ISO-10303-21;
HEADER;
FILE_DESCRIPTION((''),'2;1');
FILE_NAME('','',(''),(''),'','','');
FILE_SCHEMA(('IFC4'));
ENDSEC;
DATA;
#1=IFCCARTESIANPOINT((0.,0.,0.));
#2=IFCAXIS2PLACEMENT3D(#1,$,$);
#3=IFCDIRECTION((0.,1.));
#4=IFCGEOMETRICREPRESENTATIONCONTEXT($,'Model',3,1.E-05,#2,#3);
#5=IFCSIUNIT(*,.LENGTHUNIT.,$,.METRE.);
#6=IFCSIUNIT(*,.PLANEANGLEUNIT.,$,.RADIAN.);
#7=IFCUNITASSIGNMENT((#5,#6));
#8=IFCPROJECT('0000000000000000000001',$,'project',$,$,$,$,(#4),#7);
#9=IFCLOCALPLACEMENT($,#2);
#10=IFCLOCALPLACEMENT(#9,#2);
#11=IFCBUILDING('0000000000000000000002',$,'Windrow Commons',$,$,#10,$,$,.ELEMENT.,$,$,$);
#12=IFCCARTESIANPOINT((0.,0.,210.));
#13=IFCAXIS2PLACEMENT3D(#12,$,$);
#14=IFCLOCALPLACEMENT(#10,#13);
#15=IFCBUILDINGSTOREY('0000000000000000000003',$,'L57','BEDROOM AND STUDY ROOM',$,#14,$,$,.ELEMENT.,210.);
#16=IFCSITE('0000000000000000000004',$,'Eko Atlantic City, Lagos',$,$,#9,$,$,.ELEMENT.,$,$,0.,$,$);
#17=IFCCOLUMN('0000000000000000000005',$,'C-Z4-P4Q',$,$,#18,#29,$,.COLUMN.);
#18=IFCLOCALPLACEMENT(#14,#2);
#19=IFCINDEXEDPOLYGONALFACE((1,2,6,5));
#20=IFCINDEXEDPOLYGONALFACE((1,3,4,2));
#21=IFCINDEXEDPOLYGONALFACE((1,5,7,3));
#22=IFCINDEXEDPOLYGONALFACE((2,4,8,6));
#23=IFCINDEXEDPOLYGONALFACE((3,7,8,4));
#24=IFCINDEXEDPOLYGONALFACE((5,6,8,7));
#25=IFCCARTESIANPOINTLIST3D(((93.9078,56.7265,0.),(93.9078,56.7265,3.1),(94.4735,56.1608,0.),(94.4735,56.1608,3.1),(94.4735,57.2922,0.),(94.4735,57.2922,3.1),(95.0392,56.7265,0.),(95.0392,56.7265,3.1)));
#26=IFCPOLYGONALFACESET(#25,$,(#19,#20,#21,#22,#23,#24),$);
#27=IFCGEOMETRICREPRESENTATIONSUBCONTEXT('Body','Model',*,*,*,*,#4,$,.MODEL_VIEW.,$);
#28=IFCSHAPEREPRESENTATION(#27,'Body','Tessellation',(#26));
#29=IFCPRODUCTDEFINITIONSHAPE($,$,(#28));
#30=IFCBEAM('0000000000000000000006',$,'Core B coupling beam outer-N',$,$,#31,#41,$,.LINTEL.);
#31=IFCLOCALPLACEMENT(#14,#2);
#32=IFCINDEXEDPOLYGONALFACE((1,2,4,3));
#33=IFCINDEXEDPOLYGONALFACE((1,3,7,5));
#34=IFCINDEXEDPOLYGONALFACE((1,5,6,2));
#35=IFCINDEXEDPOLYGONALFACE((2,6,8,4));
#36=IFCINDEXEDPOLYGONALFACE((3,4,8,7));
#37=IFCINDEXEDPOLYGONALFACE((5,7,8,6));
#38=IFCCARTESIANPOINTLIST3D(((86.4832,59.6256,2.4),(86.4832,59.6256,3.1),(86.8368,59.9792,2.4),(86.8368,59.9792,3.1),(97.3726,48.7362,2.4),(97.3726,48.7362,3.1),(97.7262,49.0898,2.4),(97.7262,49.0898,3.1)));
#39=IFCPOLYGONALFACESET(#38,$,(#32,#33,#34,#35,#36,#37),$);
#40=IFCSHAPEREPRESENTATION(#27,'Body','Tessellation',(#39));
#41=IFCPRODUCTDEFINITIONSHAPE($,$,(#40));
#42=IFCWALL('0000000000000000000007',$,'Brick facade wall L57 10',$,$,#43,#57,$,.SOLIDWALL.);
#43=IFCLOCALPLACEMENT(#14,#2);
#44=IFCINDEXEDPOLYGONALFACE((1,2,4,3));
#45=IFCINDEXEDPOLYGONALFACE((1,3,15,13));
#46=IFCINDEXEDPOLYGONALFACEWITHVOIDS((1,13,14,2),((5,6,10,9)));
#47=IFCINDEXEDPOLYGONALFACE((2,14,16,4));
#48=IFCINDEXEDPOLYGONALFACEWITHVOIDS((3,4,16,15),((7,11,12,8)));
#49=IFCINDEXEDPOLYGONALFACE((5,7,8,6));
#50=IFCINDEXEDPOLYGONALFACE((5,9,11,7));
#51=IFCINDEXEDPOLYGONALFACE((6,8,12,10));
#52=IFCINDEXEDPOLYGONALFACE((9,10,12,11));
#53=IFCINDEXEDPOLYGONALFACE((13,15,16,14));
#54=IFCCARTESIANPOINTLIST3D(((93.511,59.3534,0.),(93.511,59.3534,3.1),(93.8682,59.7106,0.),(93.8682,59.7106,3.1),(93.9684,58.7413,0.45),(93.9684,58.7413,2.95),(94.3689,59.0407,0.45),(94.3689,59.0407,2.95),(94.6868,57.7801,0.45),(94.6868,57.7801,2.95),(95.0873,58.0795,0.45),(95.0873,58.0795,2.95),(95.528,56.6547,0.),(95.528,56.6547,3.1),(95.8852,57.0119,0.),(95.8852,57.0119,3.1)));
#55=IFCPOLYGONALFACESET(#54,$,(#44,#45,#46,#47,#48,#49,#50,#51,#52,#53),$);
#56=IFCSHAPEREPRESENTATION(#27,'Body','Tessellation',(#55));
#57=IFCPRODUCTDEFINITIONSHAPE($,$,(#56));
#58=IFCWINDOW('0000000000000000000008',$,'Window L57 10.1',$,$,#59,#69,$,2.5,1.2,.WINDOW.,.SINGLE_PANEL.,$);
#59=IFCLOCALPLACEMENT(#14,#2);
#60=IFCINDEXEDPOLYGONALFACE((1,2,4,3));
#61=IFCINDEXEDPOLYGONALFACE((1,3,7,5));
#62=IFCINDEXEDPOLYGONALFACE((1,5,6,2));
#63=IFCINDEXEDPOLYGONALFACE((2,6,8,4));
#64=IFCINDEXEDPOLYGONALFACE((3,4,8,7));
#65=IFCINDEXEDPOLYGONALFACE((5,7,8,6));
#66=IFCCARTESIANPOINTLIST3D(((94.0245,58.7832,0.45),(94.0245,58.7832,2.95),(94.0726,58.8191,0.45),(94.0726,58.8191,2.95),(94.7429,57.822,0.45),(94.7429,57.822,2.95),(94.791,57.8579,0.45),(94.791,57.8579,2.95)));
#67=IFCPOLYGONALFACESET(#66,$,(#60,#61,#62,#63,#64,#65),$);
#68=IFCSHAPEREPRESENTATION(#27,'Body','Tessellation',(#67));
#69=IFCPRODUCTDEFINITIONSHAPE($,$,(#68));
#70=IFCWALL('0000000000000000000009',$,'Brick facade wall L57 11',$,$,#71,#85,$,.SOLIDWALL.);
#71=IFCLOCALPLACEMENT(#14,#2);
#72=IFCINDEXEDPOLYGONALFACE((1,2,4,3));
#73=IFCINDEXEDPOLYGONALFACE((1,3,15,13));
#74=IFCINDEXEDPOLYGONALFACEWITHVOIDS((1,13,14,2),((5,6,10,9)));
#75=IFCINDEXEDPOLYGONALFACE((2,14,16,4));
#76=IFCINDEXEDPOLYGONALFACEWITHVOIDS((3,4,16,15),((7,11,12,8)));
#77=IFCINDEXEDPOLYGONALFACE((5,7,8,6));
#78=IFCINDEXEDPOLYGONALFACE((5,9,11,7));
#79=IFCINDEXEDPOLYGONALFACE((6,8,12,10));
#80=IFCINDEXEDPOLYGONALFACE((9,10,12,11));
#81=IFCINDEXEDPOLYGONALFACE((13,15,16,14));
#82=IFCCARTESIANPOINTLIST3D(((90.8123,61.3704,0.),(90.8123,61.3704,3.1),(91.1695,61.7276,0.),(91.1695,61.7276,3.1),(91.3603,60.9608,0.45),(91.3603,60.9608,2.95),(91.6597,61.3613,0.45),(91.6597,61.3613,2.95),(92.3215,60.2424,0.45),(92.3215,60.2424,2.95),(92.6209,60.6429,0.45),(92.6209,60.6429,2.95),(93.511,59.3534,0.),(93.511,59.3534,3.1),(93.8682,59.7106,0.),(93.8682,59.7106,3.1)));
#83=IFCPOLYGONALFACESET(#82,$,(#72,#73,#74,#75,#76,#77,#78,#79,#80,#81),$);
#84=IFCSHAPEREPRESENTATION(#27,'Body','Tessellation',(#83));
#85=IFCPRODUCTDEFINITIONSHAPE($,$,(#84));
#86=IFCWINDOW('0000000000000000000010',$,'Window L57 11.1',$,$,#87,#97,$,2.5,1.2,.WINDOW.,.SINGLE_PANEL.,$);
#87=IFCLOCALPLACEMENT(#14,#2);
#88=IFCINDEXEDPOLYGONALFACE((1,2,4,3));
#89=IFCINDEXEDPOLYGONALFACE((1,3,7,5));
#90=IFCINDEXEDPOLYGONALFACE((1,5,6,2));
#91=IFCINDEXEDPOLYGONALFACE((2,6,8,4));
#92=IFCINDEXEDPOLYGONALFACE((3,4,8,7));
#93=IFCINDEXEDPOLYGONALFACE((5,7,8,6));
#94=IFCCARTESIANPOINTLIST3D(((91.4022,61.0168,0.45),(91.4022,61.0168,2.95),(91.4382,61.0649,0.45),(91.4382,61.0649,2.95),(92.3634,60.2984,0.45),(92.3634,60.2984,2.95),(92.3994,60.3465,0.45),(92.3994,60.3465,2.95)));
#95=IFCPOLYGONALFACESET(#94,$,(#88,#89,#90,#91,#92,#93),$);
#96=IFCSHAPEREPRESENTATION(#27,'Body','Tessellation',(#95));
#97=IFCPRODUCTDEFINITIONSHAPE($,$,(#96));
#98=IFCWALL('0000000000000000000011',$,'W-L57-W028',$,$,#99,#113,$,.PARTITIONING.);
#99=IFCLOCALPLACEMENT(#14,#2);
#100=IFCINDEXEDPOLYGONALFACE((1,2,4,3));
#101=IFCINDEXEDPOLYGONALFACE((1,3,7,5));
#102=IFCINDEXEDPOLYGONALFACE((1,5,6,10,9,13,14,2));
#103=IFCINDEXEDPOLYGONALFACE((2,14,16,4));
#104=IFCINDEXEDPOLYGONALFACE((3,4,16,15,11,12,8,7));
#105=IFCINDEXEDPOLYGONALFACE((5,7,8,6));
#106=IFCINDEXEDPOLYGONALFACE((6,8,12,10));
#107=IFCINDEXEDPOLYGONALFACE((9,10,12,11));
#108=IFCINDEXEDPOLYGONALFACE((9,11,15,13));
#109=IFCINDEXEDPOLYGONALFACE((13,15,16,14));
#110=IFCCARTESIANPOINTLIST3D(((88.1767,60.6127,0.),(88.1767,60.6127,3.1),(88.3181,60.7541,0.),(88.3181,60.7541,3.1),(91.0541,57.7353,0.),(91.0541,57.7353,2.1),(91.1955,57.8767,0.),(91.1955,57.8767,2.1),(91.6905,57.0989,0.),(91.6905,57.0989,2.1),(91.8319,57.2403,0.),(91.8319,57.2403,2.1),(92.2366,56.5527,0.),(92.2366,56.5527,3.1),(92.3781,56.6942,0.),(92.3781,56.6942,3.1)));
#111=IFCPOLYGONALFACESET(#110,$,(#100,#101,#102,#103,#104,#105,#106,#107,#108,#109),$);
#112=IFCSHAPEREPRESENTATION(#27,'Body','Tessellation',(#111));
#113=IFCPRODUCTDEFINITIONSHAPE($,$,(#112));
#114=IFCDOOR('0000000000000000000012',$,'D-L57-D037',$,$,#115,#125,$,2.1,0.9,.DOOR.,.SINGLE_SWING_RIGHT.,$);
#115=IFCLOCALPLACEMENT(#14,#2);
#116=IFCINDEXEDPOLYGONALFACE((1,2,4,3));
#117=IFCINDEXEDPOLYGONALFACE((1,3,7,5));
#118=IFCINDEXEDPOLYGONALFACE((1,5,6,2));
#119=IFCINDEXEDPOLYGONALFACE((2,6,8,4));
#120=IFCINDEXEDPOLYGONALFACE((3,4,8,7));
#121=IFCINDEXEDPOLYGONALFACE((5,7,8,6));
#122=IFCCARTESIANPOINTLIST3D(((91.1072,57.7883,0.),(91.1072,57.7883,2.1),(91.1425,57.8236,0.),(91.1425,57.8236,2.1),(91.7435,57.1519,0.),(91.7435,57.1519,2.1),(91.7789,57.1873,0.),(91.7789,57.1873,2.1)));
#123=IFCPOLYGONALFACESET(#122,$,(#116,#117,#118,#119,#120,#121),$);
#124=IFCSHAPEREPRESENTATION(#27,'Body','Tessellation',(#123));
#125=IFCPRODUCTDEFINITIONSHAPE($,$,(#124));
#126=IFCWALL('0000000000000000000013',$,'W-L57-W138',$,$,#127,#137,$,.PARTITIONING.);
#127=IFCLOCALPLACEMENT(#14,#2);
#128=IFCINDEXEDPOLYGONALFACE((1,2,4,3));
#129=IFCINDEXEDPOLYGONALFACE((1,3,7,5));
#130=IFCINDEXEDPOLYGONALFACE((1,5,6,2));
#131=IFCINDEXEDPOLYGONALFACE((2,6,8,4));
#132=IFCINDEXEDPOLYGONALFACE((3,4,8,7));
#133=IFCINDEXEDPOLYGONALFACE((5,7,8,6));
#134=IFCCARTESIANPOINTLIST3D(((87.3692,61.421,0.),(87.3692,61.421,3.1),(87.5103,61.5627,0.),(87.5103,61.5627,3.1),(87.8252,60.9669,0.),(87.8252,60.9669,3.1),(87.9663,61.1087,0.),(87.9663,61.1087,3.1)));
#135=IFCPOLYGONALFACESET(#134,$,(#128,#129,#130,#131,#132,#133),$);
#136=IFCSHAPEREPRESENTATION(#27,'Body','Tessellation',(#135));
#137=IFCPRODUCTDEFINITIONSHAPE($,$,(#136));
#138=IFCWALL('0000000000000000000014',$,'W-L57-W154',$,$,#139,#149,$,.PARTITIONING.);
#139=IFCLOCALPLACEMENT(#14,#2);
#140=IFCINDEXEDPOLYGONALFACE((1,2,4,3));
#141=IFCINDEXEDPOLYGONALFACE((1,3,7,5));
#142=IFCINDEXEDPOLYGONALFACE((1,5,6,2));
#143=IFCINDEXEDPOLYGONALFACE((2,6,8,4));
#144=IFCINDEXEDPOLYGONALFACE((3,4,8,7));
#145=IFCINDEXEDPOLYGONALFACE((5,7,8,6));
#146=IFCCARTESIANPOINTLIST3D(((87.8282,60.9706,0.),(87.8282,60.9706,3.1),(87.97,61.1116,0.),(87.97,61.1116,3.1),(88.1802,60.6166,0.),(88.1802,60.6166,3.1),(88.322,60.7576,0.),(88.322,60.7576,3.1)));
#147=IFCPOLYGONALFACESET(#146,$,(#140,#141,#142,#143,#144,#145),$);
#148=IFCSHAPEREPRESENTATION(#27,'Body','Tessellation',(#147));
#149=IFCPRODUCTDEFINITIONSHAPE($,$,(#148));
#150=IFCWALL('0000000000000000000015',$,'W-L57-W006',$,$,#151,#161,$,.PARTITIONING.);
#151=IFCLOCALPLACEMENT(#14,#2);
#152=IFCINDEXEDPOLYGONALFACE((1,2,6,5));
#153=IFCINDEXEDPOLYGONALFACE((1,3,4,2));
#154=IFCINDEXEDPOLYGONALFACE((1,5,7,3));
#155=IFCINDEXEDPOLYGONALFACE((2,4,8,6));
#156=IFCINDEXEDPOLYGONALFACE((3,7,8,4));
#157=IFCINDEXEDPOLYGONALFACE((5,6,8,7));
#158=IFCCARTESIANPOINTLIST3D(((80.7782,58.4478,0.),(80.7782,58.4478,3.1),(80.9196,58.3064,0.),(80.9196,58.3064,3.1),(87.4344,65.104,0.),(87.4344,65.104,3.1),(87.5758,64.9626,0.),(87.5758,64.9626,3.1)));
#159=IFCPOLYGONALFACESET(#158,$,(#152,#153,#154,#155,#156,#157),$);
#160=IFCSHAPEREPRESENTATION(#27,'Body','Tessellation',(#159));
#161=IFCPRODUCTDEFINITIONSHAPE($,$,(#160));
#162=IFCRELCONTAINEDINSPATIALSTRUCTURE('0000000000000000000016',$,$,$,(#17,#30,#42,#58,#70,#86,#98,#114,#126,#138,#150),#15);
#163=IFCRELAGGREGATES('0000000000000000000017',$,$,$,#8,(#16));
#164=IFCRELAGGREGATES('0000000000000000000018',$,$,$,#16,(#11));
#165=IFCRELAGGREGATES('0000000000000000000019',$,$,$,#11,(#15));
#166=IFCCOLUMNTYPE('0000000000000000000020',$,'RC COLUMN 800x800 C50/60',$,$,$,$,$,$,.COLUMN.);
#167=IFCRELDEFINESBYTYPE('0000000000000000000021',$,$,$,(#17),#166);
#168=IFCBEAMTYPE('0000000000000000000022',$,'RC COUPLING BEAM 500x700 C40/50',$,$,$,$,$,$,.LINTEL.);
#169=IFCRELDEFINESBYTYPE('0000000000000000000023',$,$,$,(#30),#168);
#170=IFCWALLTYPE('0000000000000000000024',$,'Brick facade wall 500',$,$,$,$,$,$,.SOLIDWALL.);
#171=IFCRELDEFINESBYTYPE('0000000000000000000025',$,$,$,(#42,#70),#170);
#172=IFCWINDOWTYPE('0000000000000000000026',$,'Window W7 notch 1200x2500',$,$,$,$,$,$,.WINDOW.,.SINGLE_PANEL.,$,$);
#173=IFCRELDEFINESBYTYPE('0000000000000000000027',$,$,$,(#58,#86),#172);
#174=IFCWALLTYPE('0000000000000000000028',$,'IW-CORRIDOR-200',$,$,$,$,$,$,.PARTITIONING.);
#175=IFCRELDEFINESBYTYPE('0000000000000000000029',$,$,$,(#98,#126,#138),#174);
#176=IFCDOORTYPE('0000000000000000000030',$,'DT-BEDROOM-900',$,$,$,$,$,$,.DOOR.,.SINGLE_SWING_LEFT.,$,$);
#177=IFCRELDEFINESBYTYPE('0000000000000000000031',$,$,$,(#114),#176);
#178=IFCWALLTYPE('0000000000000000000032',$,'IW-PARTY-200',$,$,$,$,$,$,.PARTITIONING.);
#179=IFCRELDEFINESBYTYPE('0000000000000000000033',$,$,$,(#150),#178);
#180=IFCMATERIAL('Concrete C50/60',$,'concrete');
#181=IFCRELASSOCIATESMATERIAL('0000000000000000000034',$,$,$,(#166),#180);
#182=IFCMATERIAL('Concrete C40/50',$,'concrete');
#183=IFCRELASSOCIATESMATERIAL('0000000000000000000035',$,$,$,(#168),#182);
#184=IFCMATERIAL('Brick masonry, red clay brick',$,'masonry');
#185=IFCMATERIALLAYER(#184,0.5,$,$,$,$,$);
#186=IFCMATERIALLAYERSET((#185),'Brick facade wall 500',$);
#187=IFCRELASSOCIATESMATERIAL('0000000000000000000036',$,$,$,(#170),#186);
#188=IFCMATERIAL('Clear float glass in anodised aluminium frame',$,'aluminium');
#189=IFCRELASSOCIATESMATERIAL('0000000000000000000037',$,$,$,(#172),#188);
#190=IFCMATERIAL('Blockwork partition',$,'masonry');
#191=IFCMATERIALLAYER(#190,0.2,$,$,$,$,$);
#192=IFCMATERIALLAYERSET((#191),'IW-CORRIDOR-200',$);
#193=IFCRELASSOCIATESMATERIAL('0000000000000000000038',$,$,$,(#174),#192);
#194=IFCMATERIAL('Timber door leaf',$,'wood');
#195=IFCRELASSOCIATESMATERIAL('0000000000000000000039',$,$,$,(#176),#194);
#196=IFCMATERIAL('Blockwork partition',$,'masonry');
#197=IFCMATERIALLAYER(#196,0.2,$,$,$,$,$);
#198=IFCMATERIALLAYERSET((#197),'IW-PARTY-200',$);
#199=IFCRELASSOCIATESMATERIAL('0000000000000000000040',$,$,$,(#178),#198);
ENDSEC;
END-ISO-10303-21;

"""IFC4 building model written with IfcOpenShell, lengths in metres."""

from ifc_helpers import new_model, si_unit, direction, frame, frame_2d, origin, origin_2d, place, context, subcontext, project, spatial, polyline, rectangle, outline, extrude, material, layer, layer_set, material_profile, profile_set, type_object, element, fill, save


model = new_model("IFC4")

# Units and contexts
model_context = context("Model", 3, precision=1e-05, world=origin(), true_north=direction((0.0, 1.0)))
body_context = subcontext(model_context, "Body", "Model", "MODEL_VIEW")
ifc_project = project(units=[si_unit("LENGTHUNIT", "METRE"), si_unit("PLANEANGLEUNIT", "RADIAN")], contexts=[model_context])

# Site, building, storey
site_placement = place(None, origin())
site = spatial("IfcSite", under=ifc_project, at=site_placement, Name="Eko Atlantic City, Lagos", CompositionType="ELEMENT", RefElevation=0.0)
building_placement = place(site_placement, origin())
building = spatial("IfcBuilding", under=site, at=building_placement, Name="Windrow Commons", CompositionType="ELEMENT")
storey_placement = place(building_placement, frame((0.0, 0.0, 210.0)))
storey = spatial("IfcBuildingStorey", under=building, at=storey_placement, Name="L57", Description="BEDROOM AND STUDY ROOM", CompositionType="ELEMENT", Elevation=210.0)

# Column
ifc_material_1 = material(Name="Concrete C50/60", Category="concrete")
ifc_material_profile_1 = material_profile(ifc_material_1, rectangle(XDim=0.8, YDim=0.8, at=origin_2d()))
ifc_profile_set_1 = profile_set([ifc_material_profile_1], Name="Concrete C50/60")
column_type = type_object("IfcColumnType", Name="RC COLUMN 800x800 C50/60", PredefinedType="COLUMN", material=ifc_profile_set_1)
column_placement = place(storey_placement, frame((94.4735, 56.7265, 0.0), z_axis=(0.0, 0.0, 1.0), x_axis=(0.707107, -0.707107, 0.0)))
element("IfcColumn", 1, at=column_placement, inside=storey, type_object=column_type, Name="C-Z4-P4Q", PredefinedType="COLUMN", context=body_context, shape_type="SweptSolid", body=[
    extrude(rectangle(XDim=0.8, YDim=0.8, at=origin_2d()), origin(), (0.0, 0.0, 1.0), 3.1),
])

# Beam
ifc_material_2 = material(Name="Concrete C40/50", Category="concrete")
ifc_material_profile_2 = material_profile(ifc_material_2, rectangle(XDim=0.5, YDim=0.7, at=origin_2d()))
ifc_profile_set_2 = profile_set([ifc_material_profile_2], Name="Concrete C40/50")
beam_type = type_object("IfcBeamType", Name="RC COUPLING BEAM 500x700 C40/50", PredefinedType="LINTEL", material=ifc_profile_set_2)
beam_placement = place(storey_placement, frame((86.66, 59.8024, 2.75), z_axis=(0.707107, -0.707107, 0.0), x_axis=(0.707107, 0.707107, 0.0)))
element("IfcBeam", 2, at=beam_placement, inside=storey, type_object=beam_type, Name="Core B coupling beam outer-N", PredefinedType="LINTEL", context=body_context, shape_type="SweptSolid", body=[
    extrude(rectangle(XDim=0.5, YDim=0.7, at=origin_2d()), origin(), (0.0, 0.0, 1.0), 15.3999),
])

# Walls, openings, windows
ifc_material_3 = material(Name="Brick masonry, red clay brick", Category="masonry")
ifc_layer_1 = layer(ifc_material_3, 0.5)
ifc_layer_set_1 = layer_set([ifc_layer_1], Name="Brick facade wall 500")
wall_type_1 = type_object("IfcWallType", Name="Brick facade wall 500", PredefinedType="SOLIDWALL", material=ifc_layer_set_1)
wall_1_placement = place(storey_placement, frame((95.7066, 56.8333, 0.0), z_axis=(0.0, 0.0, 1.0), x_axis=(-0.598665, 0.801, 0.0)))
wall_1 = element("IfcWall", 3, at=wall_1_placement, inside=storey, type_object=wall_type_1, Name="Brick facade wall L57 10", PredefinedType="SOLIDWALL", context=body_context, shape_type="SweptSolid", body=[
    extrude(outline(polyline([(0.0361, -0.25), (3.4053, -0.25), (3.333, 0.25), (-0.0361, 0.25), (0.0361, -0.25)])), origin(), (0.0, 0.0, 1.0), 3.1),
])
opening_1_placement = place(wall_1_placement, frame((1.3689, 0.0, 0.45)))
opening_1 = element("IfcOpeningElement", 4, at=opening_1_placement, cuts=wall_1, PredefinedType="OPENING", context=body_context, shape_type="SweptSolid", body=[
    extrude(rectangle(XDim=1.2, YDim=2.5, at=frame_2d((0.6, 1.25))), frame((0.0, 0.26, 0.0), z_axis=(0.0, -1.0, 0.0), x_axis=(1.0, 0.0, 0.0)), (0.0, 0.0, 1.0), 0.52),
])
ifc_material_4 = material(Name="Clear float glass in anodised aluminium frame", Category="aluminium")
window_type = type_object("IfcWindowType", Name="Window W7 notch 1200x2500", PartitioningType="SINGLE_PANEL", PredefinedType="WINDOW", material=ifc_material_4)
window_1_placement = place(opening_1_placement, origin())
window_1 = element("IfcWindow", 5, at=window_1_placement, inside=storey, type_object=window_type, Name="Window L57 10.1", OverallHeight=2.5, OverallWidth=1.2, PartitioningType="SINGLE_PANEL", PredefinedType="WINDOW", context=body_context, shape_type="SweptSolid", body=[
    extrude(rectangle(XDim=1.2, YDim=2.5, at=frame_2d((0.6, 1.25))), frame((0.0, 0.18, 0.0), z_axis=(0.0, -1.0, 0.0), x_axis=(1.0, 0.0, 0.0)), (0.0, 0.0, 1.0), 0.06),
])
fill(opening_1, window_1)
wall_2_placement = place(storey_placement, frame((93.6896, 59.532, 0.0), z_axis=(0.0, 0.0, 1.0), x_axis=(-0.801, 0.598665, 0.0)))
wall_2 = element("IfcWall", 6, at=wall_2_placement, inside=storey, type_object=wall_type_1, Name="Brick facade wall L57 11", PredefinedType="SOLIDWALL", context=body_context, shape_type="SweptSolid", body=[
    extrude(outline(polyline([(-0.0361, -0.25), (3.333, -0.25), (3.4053, 0.25), (0.0361, 0.25), (-0.0361, -0.25)])), origin(), (0.0, 0.0, 1.0), 3.1),
])
opening_2_placement = place(wall_2_placement, frame((1.5211, 0.0, 0.45)))
opening_2 = element("IfcOpeningElement", 7, at=opening_2_placement, cuts=wall_2, PredefinedType="OPENING", context=body_context, shape_type="SweptSolid", body=[
    extrude(rectangle(XDim=1.2, YDim=2.5, at=frame_2d((0.6, 1.25))), frame((0.0, 0.26, 0.0), z_axis=(0.0, -1.0, 0.0), x_axis=(1.0, 0.0, 0.0)), (0.0, 0.0, 1.0), 0.52),
])
window_2_placement = place(opening_2_placement, origin())
window_2 = element("IfcWindow", 8, at=window_2_placement, inside=storey, type_object=window_type, Name="Window L57 11.1", OverallHeight=2.5, OverallWidth=1.2, PartitioningType="SINGLE_PANEL", PredefinedType="WINDOW", context=body_context, shape_type="SweptSolid", body=[
    extrude(rectangle(XDim=1.2, YDim=2.5, at=frame_2d((0.6, 1.25))), frame((0.0, 0.18, 0.0), z_axis=(0.0, -1.0, 0.0), x_axis=(1.0, 0.0, 0.0)), (0.0, 0.0, 1.0), 0.06),
])
fill(opening_2, window_2)

# Wall, opening, door
ifc_material_5 = material(Name="Blockwork partition", Category="masonry")
ifc_layer_2 = layer(ifc_material_5, 0.2)
ifc_layer_set_2 = layer_set([ifc_layer_2], Name="IW-CORRIDOR-200")
wall_type_2 = type_object("IfcWallType", Name="IW-CORRIDOR-200", PredefinedType="PARTITIONING", material=ifc_layer_set_2)
wall_3_placement = place(storey_placement, frame((88.2474, 60.6834, 0.0), z_axis=(0.0, 0.0, 1.0), x_axis=(0.707107, -0.707107, 0.0)))
wall_3 = element("IfcWall", 9, at=wall_3_placement, inside=storey, type_object=wall_type_2, Name="W-L57-W028", PredefinedType="PARTITIONING", context=body_context, shape_type="SweptSolid", body=[
    extrude(rectangle(XDim=5.7417, YDim=0.2, at=frame_2d((2.8708, 0.0))), origin(), (0.0, 0.0, 1.0), 3.1),
])
opening_3_placement = place(wall_3_placement, frame((4.0693, 0.0, 0.0)))
opening_3 = element("IfcOpeningElement", 10, at=opening_3_placement, cuts=wall_3, PredefinedType="OPENING", context=body_context, shape_type="SweptSolid", body=[
    extrude(rectangle(XDim=0.9, YDim=2.1, at=frame_2d((0.45, 1.05))), frame((0.0, 0.11, 0.0), z_axis=(0.0, -1.0, 0.0), x_axis=(1.0, 0.0, 0.0)), (0.0, 0.0, 1.0), 0.22),
])
ifc_material_6 = material(Name="Timber door leaf", Category="wood")
door_type_1 = type_object("IfcDoorType", Name="DT-BEDROOM-900", OperationType="SINGLE_SWING_LEFT", PredefinedType="DOOR", material=ifc_material_6)
door_1_placement = place(opening_3_placement, origin())
door_1 = element("IfcDoor", 11, at=door_1_placement, inside=storey, type_object=door_type_1, Name="D-L57-D037", OperationType="SINGLE_SWING_RIGHT", OverallHeight=2.1, OverallWidth=0.9, PredefinedType="DOOR", context=body_context, shape_type="SweptSolid", body=[
    extrude(rectangle(XDim=0.9, YDim=2.1, at=frame_2d((0.45, 1.05))), frame((0.0, 0.025, 0.0), z_axis=(0.0, -1.0, 0.0), x_axis=(1.0, 0.0, 0.0)), (0.0, 0.0, 1.0), 0.05),
])
fill(opening_3, door_1)

# Walls
wall_4_placement = place(storey_placement, frame((87.4398, 61.4918, 0.0), z_axis=(0.0, 0.0, 1.0), x_axis=(0.708659, -0.705551, 0.0)))
element("IfcWall", 12, at=wall_4_placement, inside=storey, type_object=wall_type_2, Name="W-L57-W138", PredefinedType="PARTITIONING", context=body_context, shape_type="SweptSolid", body=[
    extrude(rectangle(XDim=0.6435, YDim=0.2, at=frame_2d((0.3217, 0.0))), origin(), (0.0, 0.0, 1.0), 3.1),
])
wall_5_placement = place(storey_placement, frame((87.8991, 61.0411, 0.0), z_axis=(0.0, 0.0, 1.0), x_axis=(0.705101, -0.709107, 0.0)))
element("IfcWall", 13, at=wall_5_placement, inside=storey, type_object=wall_type_2, Name="W-L57-W154", PredefinedType="PARTITIONING", context=body_context, shape_type="SweptSolid", body=[
    extrude(rectangle(XDim=0.4992, YDim=0.2, at=frame_2d((0.2496, 0.0))), origin(), (0.0, 0.0, 1.0), 3.1),
])
ifc_material_7 = material(Name="Blockwork partition", Category="masonry")
ifc_layer_3 = layer(ifc_material_7, 0.2)
ifc_layer_set_3 = layer_set([ifc_layer_3], Name="IW-PARTY-200")
wall_type_3 = type_object("IfcWallType", Name="IW-PARTY-200", PredefinedType="PARTITIONING", material=ifc_layer_set_3)
wall_6_placement = place(storey_placement, frame((80.8489, 58.3771, 0.0), z_axis=(0.0, 0.0, 1.0), x_axis=(0.707107, 0.707107, 0.0)))
element("IfcWall", 14, at=wall_6_placement, inside=storey, type_object=wall_type_3, Name="W-L57-W006", PredefinedType="PARTITIONING", context=body_context, shape_type="SweptSolid", body=[
    extrude(rectangle(XDim=9.4133, YDim=0.2, at=frame_2d((4.7066, 0.0))), origin(), (0.0, 0.0, 1.0), 3.1),
])

save(model, "model.ifc")
